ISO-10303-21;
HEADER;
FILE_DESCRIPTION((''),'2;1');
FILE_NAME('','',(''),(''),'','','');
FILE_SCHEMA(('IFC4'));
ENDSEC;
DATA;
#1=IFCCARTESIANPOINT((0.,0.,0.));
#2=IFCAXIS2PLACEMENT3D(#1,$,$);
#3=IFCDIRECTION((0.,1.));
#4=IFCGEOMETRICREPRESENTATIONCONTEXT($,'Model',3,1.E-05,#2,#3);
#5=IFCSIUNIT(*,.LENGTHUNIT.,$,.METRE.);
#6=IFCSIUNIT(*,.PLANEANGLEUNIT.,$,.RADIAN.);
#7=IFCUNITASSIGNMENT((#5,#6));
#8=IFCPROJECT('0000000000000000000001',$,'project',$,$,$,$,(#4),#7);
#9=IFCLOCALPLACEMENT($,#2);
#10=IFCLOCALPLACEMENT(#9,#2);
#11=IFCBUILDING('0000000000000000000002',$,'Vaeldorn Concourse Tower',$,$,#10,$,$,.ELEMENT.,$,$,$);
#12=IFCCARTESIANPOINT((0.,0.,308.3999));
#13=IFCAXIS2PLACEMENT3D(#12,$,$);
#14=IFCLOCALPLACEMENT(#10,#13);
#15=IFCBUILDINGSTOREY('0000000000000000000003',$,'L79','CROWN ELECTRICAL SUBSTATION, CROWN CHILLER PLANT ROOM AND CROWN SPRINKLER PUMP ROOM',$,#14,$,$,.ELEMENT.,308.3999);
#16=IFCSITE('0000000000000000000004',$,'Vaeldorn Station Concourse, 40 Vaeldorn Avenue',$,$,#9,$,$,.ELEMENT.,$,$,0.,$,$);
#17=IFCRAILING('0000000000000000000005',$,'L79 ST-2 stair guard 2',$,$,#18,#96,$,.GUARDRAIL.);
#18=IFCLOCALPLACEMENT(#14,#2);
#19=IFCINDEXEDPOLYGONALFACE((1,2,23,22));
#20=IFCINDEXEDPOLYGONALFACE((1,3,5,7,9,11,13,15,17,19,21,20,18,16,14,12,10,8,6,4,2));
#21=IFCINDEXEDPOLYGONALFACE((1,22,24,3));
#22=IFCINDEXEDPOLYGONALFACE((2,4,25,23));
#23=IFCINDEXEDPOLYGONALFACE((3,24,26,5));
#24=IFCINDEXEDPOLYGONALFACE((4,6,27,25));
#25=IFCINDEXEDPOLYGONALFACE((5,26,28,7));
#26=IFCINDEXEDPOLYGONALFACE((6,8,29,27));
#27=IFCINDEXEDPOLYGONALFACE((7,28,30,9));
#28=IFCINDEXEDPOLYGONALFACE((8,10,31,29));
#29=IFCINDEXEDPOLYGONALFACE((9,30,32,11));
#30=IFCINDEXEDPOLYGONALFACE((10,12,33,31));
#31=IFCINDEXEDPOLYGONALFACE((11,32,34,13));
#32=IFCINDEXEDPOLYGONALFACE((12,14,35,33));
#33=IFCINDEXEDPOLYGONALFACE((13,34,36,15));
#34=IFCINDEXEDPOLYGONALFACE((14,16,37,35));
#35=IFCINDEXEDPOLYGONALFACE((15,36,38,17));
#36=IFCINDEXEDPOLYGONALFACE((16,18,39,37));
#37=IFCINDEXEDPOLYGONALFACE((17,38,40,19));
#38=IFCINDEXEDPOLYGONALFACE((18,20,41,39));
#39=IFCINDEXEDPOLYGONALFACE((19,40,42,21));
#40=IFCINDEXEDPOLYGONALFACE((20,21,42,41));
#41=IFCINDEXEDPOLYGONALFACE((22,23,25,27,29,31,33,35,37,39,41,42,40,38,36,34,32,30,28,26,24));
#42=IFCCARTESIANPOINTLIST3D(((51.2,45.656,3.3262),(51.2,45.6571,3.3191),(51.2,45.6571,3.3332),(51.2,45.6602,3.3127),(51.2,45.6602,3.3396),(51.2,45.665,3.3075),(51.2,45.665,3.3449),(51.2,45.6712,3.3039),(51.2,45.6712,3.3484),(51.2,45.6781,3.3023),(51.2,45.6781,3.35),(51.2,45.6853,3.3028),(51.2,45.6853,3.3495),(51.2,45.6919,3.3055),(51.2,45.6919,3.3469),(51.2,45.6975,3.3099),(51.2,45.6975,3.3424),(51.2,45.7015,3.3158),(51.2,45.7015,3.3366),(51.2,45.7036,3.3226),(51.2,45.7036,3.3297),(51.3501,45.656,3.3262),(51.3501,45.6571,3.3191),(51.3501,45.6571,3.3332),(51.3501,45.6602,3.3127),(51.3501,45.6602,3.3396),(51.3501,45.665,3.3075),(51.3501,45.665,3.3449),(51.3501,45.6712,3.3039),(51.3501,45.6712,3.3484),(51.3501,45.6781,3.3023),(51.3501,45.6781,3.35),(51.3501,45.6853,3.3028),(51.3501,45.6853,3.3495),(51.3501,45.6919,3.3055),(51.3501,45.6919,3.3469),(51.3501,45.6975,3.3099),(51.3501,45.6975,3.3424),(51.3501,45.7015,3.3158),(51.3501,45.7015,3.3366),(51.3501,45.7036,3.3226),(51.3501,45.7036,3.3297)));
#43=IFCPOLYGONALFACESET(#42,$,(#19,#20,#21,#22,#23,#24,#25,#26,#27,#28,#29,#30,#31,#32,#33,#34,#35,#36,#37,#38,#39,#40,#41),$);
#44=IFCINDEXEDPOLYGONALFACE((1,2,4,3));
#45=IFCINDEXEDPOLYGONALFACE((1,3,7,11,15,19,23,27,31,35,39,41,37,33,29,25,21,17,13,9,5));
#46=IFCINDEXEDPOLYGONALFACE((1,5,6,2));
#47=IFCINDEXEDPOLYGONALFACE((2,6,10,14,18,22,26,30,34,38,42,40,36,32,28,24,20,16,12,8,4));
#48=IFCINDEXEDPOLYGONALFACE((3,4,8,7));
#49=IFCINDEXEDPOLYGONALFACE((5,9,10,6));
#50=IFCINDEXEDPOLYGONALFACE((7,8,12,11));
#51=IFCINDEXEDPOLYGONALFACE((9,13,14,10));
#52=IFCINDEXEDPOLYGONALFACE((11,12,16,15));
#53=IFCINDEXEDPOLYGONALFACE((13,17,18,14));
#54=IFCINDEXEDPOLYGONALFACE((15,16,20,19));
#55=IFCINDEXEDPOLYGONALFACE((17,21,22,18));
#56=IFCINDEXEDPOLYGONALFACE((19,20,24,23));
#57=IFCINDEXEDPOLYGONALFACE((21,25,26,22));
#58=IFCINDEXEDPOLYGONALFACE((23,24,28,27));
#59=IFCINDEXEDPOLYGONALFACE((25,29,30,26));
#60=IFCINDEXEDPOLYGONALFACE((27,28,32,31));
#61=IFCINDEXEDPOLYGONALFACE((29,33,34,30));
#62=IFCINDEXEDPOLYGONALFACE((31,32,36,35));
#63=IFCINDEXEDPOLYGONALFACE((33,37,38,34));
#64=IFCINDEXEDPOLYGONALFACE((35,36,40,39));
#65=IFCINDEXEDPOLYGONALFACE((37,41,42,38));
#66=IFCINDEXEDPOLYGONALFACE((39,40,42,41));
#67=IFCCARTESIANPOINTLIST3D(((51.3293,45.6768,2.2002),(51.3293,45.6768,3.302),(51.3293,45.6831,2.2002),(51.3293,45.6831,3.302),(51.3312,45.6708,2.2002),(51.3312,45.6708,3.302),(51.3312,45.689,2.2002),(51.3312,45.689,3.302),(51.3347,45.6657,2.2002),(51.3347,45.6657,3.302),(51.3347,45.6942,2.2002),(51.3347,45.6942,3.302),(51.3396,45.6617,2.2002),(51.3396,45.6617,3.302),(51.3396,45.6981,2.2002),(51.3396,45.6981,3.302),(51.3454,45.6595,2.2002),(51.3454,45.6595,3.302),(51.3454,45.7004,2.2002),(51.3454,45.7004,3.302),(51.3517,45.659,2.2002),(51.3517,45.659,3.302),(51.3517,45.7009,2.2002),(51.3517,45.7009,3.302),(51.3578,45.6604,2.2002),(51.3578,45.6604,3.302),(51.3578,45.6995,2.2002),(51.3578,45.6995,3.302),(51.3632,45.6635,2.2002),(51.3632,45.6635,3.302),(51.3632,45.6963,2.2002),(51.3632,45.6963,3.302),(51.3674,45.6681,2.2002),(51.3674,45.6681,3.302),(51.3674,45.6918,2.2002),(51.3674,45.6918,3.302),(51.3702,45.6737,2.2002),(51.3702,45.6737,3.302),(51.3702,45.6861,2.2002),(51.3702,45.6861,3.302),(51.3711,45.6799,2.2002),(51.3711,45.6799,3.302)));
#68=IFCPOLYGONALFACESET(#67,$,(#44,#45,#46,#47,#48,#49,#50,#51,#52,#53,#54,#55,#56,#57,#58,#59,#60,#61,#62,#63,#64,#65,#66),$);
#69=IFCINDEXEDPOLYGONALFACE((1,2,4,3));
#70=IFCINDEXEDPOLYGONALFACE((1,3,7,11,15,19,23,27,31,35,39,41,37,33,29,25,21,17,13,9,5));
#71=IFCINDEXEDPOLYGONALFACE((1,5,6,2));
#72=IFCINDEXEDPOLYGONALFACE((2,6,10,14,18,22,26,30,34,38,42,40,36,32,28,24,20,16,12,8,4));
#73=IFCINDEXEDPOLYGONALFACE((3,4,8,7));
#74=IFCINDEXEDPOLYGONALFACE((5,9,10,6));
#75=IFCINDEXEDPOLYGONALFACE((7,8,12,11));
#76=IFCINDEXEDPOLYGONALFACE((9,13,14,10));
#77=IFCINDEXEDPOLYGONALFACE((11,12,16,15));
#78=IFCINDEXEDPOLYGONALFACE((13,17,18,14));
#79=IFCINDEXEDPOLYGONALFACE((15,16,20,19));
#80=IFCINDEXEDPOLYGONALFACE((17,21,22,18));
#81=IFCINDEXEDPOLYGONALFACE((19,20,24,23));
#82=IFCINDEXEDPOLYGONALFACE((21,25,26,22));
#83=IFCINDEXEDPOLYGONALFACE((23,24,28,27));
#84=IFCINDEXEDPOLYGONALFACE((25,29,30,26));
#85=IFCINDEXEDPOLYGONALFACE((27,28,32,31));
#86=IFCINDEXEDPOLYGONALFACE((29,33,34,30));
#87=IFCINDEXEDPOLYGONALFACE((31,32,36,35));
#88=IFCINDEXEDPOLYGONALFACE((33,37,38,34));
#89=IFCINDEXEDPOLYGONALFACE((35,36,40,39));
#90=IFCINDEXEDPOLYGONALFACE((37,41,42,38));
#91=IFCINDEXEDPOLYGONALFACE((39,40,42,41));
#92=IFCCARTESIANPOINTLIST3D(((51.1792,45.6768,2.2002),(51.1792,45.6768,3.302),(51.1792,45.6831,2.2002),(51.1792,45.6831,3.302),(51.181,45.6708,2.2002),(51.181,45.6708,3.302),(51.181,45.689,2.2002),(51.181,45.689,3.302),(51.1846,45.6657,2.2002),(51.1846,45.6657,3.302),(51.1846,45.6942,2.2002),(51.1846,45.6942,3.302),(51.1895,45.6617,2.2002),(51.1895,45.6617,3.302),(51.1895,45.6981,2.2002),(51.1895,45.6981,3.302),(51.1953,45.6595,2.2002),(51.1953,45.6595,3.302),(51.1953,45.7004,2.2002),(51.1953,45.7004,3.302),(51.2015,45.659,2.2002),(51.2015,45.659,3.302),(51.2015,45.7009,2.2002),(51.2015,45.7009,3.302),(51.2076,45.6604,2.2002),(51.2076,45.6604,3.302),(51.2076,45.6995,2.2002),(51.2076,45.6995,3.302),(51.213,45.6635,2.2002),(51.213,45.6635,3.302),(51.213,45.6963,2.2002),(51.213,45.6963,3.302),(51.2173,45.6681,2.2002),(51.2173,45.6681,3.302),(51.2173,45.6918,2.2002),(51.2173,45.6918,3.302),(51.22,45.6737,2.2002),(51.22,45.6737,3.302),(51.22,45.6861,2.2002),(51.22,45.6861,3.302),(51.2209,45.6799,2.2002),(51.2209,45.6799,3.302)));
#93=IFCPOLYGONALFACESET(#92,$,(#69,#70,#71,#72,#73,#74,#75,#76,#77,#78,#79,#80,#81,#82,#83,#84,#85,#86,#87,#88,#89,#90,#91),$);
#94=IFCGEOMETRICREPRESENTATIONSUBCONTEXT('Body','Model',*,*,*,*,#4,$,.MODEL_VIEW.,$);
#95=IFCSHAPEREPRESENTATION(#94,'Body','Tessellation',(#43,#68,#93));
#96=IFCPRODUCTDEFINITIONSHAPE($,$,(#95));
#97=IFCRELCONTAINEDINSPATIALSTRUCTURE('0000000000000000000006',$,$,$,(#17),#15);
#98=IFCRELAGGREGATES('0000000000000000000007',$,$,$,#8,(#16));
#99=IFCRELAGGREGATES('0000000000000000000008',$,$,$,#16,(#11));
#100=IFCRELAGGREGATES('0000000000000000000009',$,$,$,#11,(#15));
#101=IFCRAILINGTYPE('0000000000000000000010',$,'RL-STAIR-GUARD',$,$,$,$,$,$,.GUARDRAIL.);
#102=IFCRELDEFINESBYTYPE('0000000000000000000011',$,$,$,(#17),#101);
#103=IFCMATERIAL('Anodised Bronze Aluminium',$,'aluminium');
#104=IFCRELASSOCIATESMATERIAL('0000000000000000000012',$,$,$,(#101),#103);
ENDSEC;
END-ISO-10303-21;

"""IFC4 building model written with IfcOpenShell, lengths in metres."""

from ifc_helpers import new_model, si_unit, direction, frame, origin, origin_2d, place, context, subcontext, project, spatial, circle, extrude, material, type_object, element, save


model = new_model("IFC4")

# Units and contexts
model_context = context("Model", 3, precision=1e-05, world=origin(), true_north=direction((0.0, 1.0)))
body_context = subcontext(model_context, "Body", "Model", "MODEL_VIEW")
ifc_project = project(units=[si_unit("LENGTHUNIT", "METRE"), si_unit("PLANEANGLEUNIT", "RADIAN")], contexts=[model_context])

# Site, building, storey
site_placement = place(None, origin())
site = spatial("IfcSite", under=ifc_project, at=site_placement, Name="Vaeldorn Station Concourse, 40 Vaeldorn Avenue", CompositionType="ELEMENT", RefElevation=0.0)
building_placement = place(site_placement, origin())
building = spatial("IfcBuilding", under=site, at=building_placement, Name="Vaeldorn Concourse Tower", CompositionType="ELEMENT")
storey_placement = place(building_placement, frame((0.0, 0.0, 308.3999)))
storey = spatial("IfcBuildingStorey", under=building, at=storey_placement, Name="L79", Description="CROWN ELECTRICAL SUBSTATION, CROWN CHILLER PLANT ROOM AND CROWN SPRINKLER PUMP ROOM", CompositionType="ELEMENT", Elevation=308.3999)

# Shared definitions
ifc_material_1 = material(Name="Anodised Bronze Aluminium", Category="aluminium")

# Railing
railing_type_1 = type_object("IfcRailingType", Name="RL-STAIR-GUARD", PredefinedType="GUARDRAIL", material=ifc_material_1)
railing_1_placement = place(storey_placement, frame((51.3501, 45.6799, 2.2002)))
element("IfcRailing", 1, at=railing_1_placement, inside=storey, type_object=railing_type_1, Name="L79 ST-2 stair guard 2", PredefinedType="GUARDRAIL", context=body_context, shape_type="SweptSolid", body=[
    extrude(circle(Radius=0.0239, at=origin_2d()), frame((0.0, 0.0, 1.126), z_axis=(-1.0, 0.0, 0.0), x_axis=(0.0, -1.0, 0.0)), (0.0, 0.0, 1.0), 0.1501),
    extrude(circle(Radius=0.021, at=origin_2d()), origin(), (0.0, 0.0, 1.0), 1.1018),
    extrude(circle(Radius=0.021, at=origin_2d()), frame((-0.1501, 0.0, 0.0)), (0.0, 0.0, 1.0), 1.1018),
])

save(model, "model.ifc")
